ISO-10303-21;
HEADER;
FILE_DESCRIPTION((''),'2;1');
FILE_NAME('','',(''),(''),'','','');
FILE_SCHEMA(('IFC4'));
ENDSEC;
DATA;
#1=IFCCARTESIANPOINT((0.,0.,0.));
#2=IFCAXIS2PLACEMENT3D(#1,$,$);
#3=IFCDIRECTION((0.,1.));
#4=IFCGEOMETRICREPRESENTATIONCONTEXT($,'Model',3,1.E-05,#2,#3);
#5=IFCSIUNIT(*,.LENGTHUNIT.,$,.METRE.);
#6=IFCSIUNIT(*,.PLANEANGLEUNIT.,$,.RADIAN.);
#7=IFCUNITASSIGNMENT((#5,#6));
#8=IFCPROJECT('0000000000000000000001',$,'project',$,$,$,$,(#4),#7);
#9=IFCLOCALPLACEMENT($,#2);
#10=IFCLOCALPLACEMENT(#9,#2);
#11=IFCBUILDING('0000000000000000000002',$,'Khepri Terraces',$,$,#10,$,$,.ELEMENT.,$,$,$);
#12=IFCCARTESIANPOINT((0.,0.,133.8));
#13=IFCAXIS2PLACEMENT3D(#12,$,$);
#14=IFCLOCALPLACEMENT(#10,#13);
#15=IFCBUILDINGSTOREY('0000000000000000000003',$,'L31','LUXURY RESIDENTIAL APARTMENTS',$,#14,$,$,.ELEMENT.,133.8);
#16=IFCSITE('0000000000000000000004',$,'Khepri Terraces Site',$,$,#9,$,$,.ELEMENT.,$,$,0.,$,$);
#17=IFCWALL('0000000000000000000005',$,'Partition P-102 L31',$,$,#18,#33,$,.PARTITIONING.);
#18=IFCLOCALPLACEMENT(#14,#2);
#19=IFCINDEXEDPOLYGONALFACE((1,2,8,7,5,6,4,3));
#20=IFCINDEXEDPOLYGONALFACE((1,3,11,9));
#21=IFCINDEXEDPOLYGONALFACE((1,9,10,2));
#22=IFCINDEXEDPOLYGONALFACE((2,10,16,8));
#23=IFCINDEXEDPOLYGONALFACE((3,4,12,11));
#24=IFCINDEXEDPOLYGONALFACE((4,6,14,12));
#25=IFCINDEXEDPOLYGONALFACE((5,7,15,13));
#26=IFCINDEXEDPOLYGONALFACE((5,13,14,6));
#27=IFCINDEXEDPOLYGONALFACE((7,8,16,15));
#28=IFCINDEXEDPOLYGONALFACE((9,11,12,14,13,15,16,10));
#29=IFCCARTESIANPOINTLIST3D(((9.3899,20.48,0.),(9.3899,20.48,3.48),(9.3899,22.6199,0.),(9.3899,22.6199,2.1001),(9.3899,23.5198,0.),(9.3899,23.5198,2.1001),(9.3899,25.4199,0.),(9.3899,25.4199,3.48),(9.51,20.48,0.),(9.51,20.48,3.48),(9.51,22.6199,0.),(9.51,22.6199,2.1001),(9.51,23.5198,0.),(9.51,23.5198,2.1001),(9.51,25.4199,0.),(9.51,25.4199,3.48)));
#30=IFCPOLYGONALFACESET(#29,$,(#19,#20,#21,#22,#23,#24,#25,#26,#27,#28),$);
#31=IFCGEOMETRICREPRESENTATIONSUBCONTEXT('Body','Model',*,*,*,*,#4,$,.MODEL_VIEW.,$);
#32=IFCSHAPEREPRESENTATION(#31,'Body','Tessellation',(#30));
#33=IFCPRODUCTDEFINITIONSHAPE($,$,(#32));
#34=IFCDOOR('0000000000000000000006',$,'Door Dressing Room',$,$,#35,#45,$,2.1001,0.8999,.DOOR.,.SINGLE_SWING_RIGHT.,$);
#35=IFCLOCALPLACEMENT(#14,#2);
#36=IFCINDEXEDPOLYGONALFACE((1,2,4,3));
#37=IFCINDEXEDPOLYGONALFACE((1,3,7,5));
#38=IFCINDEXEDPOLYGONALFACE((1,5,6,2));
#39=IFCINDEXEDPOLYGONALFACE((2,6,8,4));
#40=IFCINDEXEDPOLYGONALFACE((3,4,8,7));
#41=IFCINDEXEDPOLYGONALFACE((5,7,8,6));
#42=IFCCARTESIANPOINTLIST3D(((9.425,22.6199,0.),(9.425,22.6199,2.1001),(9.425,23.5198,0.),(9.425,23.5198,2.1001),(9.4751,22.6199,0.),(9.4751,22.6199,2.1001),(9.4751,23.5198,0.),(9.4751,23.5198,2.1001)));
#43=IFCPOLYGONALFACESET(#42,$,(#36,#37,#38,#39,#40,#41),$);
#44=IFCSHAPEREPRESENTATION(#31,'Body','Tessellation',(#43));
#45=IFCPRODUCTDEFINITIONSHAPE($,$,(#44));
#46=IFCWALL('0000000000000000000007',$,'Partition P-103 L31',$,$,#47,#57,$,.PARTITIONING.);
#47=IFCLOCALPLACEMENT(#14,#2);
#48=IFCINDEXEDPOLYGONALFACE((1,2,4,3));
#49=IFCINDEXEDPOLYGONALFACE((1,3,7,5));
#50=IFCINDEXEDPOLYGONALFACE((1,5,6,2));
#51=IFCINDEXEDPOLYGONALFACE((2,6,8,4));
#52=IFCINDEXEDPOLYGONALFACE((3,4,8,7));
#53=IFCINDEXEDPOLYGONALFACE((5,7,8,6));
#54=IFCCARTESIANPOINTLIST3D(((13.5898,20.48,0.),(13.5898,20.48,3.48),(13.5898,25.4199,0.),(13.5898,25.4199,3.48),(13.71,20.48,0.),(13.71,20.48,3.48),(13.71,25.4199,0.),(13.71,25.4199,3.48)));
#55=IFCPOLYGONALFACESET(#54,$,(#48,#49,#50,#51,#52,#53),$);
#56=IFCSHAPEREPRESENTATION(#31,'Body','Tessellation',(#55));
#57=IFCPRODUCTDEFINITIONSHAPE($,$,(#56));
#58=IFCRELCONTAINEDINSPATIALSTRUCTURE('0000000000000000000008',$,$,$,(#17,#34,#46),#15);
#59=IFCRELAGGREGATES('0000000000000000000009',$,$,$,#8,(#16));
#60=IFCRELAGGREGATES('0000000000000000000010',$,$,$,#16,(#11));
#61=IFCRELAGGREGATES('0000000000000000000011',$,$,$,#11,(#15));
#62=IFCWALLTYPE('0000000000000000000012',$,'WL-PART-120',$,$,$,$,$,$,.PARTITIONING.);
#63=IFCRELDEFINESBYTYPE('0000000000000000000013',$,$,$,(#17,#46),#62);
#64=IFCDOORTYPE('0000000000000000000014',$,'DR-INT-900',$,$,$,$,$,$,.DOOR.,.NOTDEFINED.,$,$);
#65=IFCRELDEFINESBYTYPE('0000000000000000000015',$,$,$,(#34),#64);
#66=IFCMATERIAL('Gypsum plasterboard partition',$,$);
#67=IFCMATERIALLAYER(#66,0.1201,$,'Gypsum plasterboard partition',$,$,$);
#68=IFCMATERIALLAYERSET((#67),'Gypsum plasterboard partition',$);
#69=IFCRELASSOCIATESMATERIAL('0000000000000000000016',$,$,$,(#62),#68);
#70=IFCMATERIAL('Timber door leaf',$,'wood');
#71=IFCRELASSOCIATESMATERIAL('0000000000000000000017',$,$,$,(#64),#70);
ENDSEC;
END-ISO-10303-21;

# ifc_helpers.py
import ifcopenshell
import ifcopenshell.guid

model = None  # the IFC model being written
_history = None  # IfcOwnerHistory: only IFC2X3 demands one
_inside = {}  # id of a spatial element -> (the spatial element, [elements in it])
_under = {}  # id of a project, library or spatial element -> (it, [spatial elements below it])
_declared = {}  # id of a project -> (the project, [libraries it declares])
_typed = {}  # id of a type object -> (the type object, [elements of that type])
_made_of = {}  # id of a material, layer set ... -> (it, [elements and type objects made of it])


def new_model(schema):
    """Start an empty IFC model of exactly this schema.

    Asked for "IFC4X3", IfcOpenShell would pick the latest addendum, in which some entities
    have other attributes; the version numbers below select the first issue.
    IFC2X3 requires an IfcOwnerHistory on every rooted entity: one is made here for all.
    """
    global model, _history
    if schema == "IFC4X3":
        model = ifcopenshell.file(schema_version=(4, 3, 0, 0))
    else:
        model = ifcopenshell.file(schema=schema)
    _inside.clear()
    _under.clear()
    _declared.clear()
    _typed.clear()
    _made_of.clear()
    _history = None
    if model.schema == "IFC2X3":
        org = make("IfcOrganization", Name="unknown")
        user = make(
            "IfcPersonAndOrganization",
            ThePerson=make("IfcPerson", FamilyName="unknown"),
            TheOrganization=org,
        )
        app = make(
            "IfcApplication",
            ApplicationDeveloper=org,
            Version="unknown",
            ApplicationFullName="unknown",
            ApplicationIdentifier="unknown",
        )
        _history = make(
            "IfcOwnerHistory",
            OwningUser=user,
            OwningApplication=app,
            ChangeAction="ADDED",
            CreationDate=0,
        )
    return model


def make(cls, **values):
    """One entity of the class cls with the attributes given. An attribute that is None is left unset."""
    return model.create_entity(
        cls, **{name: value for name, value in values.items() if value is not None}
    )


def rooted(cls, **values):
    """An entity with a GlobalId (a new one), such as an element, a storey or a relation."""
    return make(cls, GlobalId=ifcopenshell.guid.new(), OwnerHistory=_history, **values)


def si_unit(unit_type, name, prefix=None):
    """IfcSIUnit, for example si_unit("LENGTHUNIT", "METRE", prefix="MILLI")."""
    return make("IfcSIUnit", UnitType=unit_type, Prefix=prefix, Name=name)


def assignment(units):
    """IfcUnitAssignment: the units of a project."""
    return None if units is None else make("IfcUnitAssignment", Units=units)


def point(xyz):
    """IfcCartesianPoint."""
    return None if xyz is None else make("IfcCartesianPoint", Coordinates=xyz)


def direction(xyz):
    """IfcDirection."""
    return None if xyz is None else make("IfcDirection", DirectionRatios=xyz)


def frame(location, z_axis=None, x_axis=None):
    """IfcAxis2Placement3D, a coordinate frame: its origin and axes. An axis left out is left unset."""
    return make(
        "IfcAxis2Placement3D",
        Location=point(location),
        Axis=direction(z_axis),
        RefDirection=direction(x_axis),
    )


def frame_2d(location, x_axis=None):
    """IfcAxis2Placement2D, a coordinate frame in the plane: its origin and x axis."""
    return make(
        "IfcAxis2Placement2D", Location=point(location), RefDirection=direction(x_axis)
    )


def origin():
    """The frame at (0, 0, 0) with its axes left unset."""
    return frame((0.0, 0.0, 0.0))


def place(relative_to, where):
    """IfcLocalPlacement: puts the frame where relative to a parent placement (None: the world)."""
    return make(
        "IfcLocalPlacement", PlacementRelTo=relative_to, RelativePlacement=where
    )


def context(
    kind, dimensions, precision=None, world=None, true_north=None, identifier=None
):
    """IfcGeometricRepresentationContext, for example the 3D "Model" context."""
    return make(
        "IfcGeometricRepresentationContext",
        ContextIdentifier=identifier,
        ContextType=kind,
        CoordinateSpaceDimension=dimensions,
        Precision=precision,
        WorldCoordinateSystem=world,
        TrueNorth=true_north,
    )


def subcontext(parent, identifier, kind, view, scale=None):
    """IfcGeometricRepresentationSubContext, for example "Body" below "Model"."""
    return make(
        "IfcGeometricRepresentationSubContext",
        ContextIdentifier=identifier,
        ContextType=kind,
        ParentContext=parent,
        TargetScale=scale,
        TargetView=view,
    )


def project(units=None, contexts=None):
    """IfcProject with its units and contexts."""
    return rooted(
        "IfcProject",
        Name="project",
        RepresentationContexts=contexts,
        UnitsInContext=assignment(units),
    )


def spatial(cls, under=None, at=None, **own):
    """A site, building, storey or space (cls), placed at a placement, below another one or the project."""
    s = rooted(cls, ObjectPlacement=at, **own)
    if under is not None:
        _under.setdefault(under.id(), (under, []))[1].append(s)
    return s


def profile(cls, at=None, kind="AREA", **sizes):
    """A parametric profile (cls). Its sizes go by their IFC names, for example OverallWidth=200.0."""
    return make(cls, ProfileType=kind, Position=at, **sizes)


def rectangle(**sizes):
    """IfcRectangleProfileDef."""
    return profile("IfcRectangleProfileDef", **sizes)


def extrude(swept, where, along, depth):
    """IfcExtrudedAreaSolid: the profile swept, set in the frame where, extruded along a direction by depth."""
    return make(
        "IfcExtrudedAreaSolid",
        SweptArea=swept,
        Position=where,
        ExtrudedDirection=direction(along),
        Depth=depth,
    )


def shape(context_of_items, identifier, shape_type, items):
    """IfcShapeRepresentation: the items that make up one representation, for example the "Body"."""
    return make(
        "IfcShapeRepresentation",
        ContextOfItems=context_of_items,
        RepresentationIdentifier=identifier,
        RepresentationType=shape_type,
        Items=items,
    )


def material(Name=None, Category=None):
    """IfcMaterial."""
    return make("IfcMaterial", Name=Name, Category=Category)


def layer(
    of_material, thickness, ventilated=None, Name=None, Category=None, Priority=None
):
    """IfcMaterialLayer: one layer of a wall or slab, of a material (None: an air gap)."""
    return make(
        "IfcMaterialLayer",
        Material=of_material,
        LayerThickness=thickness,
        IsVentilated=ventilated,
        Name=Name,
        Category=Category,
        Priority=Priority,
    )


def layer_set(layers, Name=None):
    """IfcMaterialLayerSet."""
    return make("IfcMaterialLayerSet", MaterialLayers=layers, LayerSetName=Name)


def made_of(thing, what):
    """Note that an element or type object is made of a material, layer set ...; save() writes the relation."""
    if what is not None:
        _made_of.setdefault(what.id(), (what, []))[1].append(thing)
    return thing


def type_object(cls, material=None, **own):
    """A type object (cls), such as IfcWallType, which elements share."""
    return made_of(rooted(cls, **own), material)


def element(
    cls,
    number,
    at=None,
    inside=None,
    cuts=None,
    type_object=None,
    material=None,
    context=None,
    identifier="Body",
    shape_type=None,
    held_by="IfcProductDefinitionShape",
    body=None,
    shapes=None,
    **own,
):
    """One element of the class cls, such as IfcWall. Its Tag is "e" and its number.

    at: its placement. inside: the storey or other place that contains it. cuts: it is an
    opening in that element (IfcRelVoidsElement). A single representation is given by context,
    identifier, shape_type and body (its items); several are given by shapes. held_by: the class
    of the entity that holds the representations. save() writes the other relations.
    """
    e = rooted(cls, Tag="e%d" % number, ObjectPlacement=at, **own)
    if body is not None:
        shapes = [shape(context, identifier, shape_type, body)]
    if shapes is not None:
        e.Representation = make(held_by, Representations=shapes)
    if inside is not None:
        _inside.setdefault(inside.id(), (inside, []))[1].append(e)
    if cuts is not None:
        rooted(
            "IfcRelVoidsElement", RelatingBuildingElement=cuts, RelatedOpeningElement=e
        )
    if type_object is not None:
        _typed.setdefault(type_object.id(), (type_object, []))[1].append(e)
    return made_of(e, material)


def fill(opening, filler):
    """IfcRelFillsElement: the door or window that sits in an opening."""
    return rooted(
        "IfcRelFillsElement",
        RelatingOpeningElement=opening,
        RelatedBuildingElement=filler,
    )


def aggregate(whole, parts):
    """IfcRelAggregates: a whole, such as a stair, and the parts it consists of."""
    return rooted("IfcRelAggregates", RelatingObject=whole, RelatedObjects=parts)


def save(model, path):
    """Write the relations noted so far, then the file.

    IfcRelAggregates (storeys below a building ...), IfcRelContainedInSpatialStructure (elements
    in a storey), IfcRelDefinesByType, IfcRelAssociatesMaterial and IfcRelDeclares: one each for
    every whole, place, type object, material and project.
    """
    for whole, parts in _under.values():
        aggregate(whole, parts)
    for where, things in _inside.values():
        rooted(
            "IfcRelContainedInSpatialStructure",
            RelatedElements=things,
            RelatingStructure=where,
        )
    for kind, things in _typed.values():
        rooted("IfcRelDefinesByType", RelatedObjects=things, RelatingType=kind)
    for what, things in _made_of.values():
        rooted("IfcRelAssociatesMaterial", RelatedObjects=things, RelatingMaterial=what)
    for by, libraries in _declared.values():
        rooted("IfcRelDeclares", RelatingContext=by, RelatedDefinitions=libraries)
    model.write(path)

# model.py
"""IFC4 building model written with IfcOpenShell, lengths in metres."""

from ifc_helpers import new_model, si_unit, direction, frame, frame_2d, origin, place, context, subcontext, project, spatial, rectangle, extrude, material, layer, layer_set, type_object, element, fill, save


model = new_model("IFC4")

# Units and contexts
model_context = context("Model", 3, precision=1e-05, world=origin(), true_north=direction((0.0, 1.0)))
body_context = subcontext(model_context, "Body", "Model", "MODEL_VIEW")
ifc_project = project(units=[si_unit("LENGTHUNIT", "METRE"), si_unit("PLANEANGLEUNIT", "RADIAN")], contexts=[model_context])

# Site, building, storey
site_placement = place(None, origin())
site = spatial("IfcSite", under=ifc_project, at=site_placement, Name="Khepri Terraces Site", CompositionType="ELEMENT", RefElevation=0.0)
building_placement = place(site_placement, origin())
building = spatial("IfcBuilding", under=site, at=building_placement, Name="Khepri Terraces", CompositionType="ELEMENT")
storey_placement = place(building_placement, frame((0.0, 0.0, 133.8)))
storey = spatial("IfcBuildingStorey", under=building, at=storey_placement, Name="L31", Description="LUXURY RESIDENTIAL APARTMENTS", CompositionType="ELEMENT", Elevation=133.8)

# Wall, opening, door
ifc_material_1 = material(Name="Gypsum plasterboard partition")
ifc_layer_1 = layer(ifc_material_1, 0.1201, Name="Gypsum plasterboard partition")
ifc_layer_set_1 = layer_set([ifc_layer_1], Name="Gypsum plasterboard partition")
wall_type_1 = type_object("IfcWallType", Name="WL-PART-120", PredefinedType="PARTITIONING", material=ifc_layer_set_1)
wall_1_placement = place(storey_placement, frame((9.45, 20.48, 0.0), z_axis=(0.0, 0.0, 1.0), x_axis=(0.0, 1.0, 0.0)))
wall_1 = element("IfcWall", 1, at=wall_1_placement, inside=storey, type_object=wall_type_1, Name="Partition P-102 L31", PredefinedType="PARTITIONING", context=body_context, shape_type="SweptSolid", body=[
    extrude(rectangle(XDim=4.9399, YDim=0.1201, at=frame_2d((2.47, 0.0))), origin(), (0.0, 0.0, 1.0), 3.48),
])
opening_1_placement = place(wall_1_placement, frame((2.1399, 0.0, 0.0)))
opening_1 = element("IfcOpeningElement", 2, at=opening_1_placement, cuts=wall_1, PredefinedType="OPENING", context=body_context, shape_type="SweptSolid", body=[
    extrude(rectangle(XDim=0.8999, YDim=2.1001, at=frame_2d((0.45, 1.05))), frame((0.0, 0.0701, 0.0), z_axis=(0.0, -1.0, 0.0), x_axis=(1.0, 0.0, 0.0)), (0.0, 0.0, 1.0), 0.1401),
])
ifc_material_2 = material(Name="Timber door leaf", Category="wood")
door_type_1 = type_object("IfcDoorType", Name="DR-INT-900", OperationType="NOTDEFINED", PredefinedType="DOOR", material=ifc_material_2)
door_1_placement = place(opening_1_placement, origin())
door_1 = element("IfcDoor", 3, at=door_1_placement, inside=storey, type_object=door_type_1, Name="Door Dressing Room", OperationType="SINGLE_SWING_RIGHT", OverallHeight=2.1001, OverallWidth=0.8999, PredefinedType="DOOR", context=body_context, shape_type="SweptSolid", body=[
    extrude(rectangle(XDim=0.8999, YDim=2.1001, at=frame_2d((0.45, 1.05))), frame((0.0, 0.0249, 0.0), z_axis=(0.0, -1.0, 0.0), x_axis=(1.0, 0.0, 0.0)), (0.0, 0.0, 1.0), 0.05),
])
fill(opening_1, door_1)

# Wall
wall_2_placement = place(storey_placement, frame((13.6499, 20.48, 0.0), z_axis=(0.0, 0.0, 1.0), x_axis=(0.0, 1.0, 0.0)))
element("IfcWall", 4, at=wall_2_placement, inside=storey, type_object=wall_type_1, Name="Partition P-103 L31", PredefinedType="PARTITIONING", context=body_context, shape_type="SweptSolid", body=[
    extrude(rectangle(XDim=4.9399, YDim=0.1201, at=frame_2d((2.47, 0.0))), origin(), (0.0, 0.0, 1.0), 3.48),
])

save(model, "model.ifc")
